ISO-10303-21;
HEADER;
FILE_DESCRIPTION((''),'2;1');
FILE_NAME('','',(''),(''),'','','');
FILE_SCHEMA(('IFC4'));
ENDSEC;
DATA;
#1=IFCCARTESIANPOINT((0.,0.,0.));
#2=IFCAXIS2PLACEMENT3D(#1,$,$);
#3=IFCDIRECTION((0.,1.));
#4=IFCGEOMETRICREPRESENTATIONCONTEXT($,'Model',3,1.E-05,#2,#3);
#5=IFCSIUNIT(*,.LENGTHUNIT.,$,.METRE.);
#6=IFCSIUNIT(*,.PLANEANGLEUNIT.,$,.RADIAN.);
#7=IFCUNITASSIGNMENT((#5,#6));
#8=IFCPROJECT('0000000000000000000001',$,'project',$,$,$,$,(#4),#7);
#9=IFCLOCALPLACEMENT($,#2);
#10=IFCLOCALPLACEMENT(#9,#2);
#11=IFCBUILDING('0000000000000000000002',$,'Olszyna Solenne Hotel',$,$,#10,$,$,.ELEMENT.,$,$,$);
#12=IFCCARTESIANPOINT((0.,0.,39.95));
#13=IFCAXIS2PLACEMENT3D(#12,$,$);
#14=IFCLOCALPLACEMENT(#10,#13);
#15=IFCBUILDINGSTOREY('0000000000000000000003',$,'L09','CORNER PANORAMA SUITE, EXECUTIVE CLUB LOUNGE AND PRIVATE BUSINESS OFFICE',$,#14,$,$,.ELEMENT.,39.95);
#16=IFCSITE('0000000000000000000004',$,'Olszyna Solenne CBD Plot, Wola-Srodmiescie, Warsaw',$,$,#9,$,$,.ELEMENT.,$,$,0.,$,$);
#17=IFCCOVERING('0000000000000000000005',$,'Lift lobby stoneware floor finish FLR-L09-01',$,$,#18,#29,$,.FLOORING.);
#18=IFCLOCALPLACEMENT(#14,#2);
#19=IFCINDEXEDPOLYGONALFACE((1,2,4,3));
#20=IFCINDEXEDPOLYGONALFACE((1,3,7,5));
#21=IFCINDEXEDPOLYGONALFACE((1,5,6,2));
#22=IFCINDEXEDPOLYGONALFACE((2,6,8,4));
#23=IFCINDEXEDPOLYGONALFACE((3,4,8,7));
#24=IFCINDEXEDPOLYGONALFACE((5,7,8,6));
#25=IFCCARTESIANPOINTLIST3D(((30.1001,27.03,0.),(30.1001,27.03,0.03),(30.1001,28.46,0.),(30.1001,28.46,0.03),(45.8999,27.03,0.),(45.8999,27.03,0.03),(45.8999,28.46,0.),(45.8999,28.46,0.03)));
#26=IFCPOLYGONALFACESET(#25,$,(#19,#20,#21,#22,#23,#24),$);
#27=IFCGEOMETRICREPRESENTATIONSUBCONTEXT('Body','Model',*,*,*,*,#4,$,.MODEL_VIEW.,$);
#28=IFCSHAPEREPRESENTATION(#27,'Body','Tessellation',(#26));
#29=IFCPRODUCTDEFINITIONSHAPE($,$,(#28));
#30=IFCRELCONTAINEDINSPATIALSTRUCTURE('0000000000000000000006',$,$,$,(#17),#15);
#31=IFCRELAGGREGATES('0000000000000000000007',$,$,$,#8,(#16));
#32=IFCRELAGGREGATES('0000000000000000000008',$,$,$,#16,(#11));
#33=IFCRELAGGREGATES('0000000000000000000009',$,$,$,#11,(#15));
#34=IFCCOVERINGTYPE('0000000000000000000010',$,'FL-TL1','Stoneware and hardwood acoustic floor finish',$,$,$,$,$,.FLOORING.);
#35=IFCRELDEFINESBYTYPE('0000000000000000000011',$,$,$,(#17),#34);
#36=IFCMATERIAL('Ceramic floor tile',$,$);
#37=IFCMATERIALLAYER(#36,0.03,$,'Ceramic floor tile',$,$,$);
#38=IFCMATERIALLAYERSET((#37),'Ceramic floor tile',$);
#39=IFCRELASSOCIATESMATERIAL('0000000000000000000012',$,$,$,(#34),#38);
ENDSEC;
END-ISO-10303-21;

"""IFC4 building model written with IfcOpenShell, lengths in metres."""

from ifc_helpers import new_model, si_unit, direction, frame, origin, place, context, subcontext, project, spatial, polyline, outline, extrude, material, layer, layer_set, type_object, element, save


model = new_model("IFC4")

# Units and contexts
model_context = context("Model", 3, precision=1e-05, world=origin(), true_north=direction((0.0, 1.0)))
body_context = subcontext(model_context, "Body", "Model", "MODEL_VIEW")
ifc_project = project(units=[si_unit("LENGTHUNIT", "METRE"), si_unit("PLANEANGLEUNIT", "RADIAN")], contexts=[model_context])

# Site, building, storey
site_placement = place(None, origin())
site = spatial("IfcSite", under=ifc_project, at=site_placement, Name="Olszyna Solenne CBD Plot, Wola-Srodmiescie, Warsaw", CompositionType="ELEMENT", RefElevation=0.0)
building_placement = place(site_placement, origin())
building = spatial("IfcBuilding", under=site, at=building_placement, Name="Olszyna Solenne Hotel", CompositionType="ELEMENT")
storey_placement = place(building_placement, frame((0.0, 0.0, 39.95)))
storey = spatial("IfcBuildingStorey", under=building, at=storey_placement, Name="L09", Description="CORNER PANORAMA SUITE, EXECUTIVE CLUB LOUNGE AND PRIVATE BUSINESS OFFICE", CompositionType="ELEMENT", Elevation=39.95)

# Covering
ifc_material_1 = material(Name="Ceramic floor tile")
ifc_layer_1 = layer(ifc_material_1, 0.03, Name="Ceramic floor tile")
ifc_layer_set_1 = layer_set([ifc_layer_1], Name="Ceramic floor tile")
covering_type_1 = type_object("IfcCoveringType", Name="FL-TL1", Description="Stoneware and hardwood acoustic floor finish", PredefinedType="FLOORING", material=ifc_layer_set_1)
covering_1_placement = place(storey_placement, origin())
element("IfcCovering", 1, at=covering_1_placement, inside=storey, type_object=covering_type_1, Name="Lift lobby stoneware floor finish FLR-L09-01", PredefinedType="FLOORING", context=body_context, shape_type="SweptSolid", body=[
    extrude(outline(polyline([(30.1001, 27.03), (45.8999, 27.03), (45.8999, 28.46), (30.1001, 28.46), (30.1001, 27.03)])), origin(), (0.0, 0.0, 1.0), 0.03),
])

save(model, "model.ifc")
